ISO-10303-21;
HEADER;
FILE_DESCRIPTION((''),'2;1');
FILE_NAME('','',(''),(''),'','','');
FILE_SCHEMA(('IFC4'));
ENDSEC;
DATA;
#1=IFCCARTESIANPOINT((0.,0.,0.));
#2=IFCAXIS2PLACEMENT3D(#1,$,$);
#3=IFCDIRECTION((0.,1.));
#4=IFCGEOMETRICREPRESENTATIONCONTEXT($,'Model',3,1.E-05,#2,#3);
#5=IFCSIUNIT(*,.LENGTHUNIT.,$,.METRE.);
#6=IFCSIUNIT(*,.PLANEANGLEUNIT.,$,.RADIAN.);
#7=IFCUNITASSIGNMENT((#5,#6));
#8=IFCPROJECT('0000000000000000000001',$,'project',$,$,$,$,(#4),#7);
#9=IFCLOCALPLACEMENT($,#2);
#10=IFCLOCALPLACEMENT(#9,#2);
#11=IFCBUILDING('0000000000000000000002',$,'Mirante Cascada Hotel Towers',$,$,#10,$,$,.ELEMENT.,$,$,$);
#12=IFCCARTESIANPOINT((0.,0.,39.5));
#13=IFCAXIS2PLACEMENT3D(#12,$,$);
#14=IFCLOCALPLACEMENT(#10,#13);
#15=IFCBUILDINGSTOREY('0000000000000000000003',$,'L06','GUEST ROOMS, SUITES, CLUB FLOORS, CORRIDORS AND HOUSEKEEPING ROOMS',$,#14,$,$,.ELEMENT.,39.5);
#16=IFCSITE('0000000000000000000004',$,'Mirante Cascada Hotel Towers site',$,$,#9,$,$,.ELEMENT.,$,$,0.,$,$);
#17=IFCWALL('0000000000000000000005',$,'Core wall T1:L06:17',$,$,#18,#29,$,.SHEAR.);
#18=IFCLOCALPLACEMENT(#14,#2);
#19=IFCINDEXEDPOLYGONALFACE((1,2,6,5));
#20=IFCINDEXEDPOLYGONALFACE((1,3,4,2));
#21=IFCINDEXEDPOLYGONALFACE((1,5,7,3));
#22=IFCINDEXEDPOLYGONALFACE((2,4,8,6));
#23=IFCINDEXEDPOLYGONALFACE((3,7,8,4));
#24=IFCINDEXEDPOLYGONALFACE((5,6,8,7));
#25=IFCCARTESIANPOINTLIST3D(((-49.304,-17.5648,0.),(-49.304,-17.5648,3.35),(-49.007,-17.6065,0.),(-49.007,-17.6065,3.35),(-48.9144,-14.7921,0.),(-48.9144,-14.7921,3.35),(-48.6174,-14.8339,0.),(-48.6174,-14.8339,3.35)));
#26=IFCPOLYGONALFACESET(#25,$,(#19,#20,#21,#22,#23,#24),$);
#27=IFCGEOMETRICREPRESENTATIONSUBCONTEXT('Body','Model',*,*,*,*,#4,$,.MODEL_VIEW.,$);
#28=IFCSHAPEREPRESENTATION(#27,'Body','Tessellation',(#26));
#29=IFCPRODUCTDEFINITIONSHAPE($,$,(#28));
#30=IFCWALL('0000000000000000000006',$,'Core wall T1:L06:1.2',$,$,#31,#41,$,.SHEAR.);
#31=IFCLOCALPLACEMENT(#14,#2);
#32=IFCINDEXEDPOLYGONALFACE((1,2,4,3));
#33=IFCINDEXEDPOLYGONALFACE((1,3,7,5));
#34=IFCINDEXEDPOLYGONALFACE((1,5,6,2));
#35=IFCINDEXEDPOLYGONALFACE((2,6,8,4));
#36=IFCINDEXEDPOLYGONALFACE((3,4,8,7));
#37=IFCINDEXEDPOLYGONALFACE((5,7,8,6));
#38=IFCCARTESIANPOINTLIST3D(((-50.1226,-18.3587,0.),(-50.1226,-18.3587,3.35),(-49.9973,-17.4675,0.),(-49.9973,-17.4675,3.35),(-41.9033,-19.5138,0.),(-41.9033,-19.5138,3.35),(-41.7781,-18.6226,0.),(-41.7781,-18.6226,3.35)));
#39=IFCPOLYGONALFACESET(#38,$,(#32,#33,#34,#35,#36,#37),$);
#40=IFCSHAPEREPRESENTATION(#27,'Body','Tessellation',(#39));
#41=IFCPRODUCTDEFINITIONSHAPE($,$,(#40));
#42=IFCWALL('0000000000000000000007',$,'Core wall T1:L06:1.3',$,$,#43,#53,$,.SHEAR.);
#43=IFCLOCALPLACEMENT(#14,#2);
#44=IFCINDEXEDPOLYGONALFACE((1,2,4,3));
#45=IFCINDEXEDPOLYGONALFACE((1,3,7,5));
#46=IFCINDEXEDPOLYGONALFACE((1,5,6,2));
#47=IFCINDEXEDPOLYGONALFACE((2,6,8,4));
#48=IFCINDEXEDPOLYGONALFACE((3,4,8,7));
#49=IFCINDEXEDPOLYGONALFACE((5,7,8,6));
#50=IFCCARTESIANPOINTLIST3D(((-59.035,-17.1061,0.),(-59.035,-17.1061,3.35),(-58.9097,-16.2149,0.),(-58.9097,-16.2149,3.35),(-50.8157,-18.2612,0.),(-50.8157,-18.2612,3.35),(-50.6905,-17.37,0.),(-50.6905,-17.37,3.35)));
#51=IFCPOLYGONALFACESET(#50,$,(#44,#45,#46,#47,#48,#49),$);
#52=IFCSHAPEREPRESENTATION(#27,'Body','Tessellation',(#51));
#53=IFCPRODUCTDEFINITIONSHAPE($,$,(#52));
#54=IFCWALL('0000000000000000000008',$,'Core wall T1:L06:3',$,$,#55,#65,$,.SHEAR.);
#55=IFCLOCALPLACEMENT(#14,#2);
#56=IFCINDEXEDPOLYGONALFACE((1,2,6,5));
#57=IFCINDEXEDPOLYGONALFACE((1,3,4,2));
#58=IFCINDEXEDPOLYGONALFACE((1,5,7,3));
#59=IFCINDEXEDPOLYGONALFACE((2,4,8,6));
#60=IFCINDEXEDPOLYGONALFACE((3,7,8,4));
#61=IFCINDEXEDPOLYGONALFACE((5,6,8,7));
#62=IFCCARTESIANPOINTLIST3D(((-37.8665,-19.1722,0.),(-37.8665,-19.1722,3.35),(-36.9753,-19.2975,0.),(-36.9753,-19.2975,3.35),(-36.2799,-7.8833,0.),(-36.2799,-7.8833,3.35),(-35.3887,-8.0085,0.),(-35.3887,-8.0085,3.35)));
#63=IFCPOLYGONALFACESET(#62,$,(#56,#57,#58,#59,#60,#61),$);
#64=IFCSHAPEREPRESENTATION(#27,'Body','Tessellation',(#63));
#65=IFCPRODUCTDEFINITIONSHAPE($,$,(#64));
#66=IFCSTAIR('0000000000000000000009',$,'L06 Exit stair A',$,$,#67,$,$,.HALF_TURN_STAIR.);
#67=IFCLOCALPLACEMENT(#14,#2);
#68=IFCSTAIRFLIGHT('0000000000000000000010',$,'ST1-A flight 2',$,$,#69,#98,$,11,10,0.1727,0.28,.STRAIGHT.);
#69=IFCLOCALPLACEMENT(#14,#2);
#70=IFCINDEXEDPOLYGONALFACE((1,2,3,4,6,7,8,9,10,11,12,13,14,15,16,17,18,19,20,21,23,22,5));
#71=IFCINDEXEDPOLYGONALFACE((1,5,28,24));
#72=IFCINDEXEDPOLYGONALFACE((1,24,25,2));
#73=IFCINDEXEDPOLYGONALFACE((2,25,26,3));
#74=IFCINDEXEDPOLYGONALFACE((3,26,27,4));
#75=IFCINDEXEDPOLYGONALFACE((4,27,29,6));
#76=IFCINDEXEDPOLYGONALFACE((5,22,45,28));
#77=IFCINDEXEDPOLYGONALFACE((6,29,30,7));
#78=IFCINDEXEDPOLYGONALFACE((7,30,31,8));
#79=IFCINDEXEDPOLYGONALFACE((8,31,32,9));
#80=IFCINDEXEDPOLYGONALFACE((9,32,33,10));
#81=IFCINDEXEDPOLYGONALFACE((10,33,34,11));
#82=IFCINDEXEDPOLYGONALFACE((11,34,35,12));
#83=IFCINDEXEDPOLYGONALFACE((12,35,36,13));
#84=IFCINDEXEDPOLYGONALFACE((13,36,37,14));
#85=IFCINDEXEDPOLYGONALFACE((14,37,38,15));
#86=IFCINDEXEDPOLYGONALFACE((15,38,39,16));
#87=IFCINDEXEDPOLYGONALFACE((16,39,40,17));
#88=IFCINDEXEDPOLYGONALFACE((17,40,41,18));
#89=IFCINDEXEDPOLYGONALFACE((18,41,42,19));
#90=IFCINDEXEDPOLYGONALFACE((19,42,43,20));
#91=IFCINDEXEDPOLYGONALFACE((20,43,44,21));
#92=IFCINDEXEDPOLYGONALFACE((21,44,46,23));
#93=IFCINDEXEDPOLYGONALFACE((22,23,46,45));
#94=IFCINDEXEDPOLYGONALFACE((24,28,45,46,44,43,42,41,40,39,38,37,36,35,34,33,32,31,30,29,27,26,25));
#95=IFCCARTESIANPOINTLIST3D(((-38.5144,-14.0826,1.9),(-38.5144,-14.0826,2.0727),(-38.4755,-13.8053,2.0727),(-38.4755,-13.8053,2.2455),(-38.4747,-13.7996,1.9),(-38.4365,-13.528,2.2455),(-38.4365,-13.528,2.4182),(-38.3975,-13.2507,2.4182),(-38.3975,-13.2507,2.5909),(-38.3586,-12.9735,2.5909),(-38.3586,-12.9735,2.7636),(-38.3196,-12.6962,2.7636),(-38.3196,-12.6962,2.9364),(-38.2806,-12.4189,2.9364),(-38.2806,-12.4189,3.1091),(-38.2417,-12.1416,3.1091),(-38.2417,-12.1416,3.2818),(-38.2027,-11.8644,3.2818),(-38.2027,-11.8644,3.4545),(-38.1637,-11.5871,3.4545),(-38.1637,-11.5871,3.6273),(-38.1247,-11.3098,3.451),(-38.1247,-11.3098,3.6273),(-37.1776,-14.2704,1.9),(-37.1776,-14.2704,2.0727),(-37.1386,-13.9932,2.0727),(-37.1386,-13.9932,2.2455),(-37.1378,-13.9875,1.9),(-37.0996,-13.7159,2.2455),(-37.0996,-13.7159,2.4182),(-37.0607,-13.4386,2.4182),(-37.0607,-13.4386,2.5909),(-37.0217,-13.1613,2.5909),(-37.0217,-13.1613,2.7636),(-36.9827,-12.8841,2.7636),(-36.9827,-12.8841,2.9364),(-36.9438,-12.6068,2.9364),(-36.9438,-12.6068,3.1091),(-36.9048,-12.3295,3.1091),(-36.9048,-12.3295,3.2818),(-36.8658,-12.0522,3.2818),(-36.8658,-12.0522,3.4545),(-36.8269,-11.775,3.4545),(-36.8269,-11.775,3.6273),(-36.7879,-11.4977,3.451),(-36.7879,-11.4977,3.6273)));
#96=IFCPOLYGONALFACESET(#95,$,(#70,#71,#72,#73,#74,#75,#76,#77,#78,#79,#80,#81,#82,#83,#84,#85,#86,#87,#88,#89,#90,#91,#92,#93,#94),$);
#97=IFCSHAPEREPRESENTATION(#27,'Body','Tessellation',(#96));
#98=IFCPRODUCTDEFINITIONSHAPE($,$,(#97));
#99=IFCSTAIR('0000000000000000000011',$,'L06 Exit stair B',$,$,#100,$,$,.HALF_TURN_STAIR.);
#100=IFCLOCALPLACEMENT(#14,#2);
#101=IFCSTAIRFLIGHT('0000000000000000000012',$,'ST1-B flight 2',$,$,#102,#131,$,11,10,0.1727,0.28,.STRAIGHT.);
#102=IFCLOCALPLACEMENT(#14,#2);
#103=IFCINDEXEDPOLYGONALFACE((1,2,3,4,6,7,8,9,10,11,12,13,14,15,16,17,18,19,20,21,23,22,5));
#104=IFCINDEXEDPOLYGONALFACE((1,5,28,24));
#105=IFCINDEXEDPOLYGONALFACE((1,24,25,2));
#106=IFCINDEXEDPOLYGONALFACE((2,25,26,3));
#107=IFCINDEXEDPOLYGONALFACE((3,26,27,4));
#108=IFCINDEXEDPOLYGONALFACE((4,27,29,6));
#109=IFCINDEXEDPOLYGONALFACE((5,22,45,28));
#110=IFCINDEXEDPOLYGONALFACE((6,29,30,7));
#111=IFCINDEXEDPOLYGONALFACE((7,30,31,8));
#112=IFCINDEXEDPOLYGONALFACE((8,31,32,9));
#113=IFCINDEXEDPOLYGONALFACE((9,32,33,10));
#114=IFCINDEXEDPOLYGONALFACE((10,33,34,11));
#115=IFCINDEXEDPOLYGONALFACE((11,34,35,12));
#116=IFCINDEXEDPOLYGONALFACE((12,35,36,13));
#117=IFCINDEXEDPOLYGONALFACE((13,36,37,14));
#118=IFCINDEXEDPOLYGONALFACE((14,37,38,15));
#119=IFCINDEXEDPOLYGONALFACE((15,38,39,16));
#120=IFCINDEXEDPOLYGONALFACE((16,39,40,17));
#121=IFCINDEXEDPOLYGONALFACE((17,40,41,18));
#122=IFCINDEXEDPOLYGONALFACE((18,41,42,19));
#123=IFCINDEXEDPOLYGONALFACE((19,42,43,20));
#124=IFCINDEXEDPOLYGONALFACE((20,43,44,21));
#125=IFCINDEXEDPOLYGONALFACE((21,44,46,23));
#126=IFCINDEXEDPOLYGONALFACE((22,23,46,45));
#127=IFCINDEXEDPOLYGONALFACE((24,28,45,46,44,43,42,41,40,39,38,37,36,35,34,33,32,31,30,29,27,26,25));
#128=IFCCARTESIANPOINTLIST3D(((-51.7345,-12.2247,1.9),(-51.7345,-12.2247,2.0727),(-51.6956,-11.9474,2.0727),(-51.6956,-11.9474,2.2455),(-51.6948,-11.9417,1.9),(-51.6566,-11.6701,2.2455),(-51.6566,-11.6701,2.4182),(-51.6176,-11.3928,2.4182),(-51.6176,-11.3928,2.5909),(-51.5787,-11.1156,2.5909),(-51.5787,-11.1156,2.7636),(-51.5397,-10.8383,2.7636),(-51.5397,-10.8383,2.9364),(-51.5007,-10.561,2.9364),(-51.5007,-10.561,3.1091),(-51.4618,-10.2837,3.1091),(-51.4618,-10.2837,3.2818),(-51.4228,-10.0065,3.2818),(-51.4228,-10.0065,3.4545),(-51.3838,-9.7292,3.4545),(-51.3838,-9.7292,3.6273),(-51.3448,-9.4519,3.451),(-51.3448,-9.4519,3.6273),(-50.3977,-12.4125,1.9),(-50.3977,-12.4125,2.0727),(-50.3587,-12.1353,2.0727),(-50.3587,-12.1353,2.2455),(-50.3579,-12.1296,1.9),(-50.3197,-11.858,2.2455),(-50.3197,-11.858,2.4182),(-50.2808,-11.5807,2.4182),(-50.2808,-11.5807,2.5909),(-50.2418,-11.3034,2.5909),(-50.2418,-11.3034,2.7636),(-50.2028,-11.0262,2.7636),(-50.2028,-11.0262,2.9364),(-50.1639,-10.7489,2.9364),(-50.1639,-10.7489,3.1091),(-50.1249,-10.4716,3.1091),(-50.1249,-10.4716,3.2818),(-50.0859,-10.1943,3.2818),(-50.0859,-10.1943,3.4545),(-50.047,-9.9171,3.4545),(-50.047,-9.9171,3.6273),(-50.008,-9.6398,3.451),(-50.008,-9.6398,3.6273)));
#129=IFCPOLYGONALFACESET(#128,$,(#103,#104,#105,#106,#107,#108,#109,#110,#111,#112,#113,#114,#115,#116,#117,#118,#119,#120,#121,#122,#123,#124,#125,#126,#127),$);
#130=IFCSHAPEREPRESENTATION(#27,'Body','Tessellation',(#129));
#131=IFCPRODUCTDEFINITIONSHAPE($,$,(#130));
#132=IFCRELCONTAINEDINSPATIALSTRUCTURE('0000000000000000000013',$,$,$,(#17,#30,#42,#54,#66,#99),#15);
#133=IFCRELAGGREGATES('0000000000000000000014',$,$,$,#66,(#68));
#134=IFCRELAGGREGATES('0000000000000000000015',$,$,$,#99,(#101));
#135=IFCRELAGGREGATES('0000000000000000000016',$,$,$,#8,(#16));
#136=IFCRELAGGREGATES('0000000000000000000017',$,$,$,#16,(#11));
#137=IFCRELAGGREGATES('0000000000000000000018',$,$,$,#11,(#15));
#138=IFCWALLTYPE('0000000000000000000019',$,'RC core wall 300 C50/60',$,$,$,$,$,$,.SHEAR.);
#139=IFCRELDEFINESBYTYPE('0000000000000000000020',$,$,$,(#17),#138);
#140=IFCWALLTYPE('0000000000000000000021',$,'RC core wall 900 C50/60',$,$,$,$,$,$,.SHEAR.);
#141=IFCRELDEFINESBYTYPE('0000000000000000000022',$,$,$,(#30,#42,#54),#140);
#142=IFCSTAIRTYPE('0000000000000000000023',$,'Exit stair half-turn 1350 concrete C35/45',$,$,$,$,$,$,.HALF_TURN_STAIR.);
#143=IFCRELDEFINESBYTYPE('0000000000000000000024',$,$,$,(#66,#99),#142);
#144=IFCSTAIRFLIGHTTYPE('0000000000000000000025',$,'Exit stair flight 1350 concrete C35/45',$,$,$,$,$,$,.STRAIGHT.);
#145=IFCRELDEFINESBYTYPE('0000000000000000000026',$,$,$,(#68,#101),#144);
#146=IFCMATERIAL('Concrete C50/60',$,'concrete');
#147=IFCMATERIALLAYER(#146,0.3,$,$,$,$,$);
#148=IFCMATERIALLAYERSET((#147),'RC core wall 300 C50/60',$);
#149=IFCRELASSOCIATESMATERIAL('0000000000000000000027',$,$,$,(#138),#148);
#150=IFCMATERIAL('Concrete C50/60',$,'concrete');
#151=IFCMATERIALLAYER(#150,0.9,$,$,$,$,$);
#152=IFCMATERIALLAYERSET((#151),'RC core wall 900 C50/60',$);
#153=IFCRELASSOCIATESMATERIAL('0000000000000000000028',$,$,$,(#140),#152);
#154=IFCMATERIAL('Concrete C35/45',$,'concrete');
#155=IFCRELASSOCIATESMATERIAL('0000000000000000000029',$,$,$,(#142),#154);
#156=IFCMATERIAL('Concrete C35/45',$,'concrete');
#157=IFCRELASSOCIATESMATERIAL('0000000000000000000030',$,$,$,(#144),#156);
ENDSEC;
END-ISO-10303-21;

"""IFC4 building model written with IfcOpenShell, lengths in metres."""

from ifc_helpers import new_model, si_unit, direction, frame, frame_2d, origin, place, context, subcontext, project, spatial, polyline, rectangle, outline, extrude, material, layer, layer_set, type_object, element, aggregate, save


model = new_model("IFC4")

# Units and contexts
model_context = context("Model", 3, precision=1e-05, world=origin(), true_north=direction((0.0, 1.0)))
body_context = subcontext(model_context, "Body", "Model", "MODEL_VIEW")
ifc_project = project(units=[si_unit("LENGTHUNIT", "METRE"), si_unit("PLANEANGLEUNIT", "RADIAN")], contexts=[model_context])

# Site, building, storey
site_placement = place(None, origin())
site = spatial("IfcSite", under=ifc_project, at=site_placement, Name="Mirante Cascada Hotel Towers site", CompositionType="ELEMENT", RefElevation=0.0)
building_placement = place(site_placement, origin())
building = spatial("IfcBuilding", under=site, at=building_placement, Name="Mirante Cascada Hotel Towers", CompositionType="ELEMENT")
storey_placement = place(building_placement, frame((0.0, 0.0, 39.5)))
storey = spatial("IfcBuildingStorey", under=building, at=storey_placement, Name="L06", Description="GUEST ROOMS, SUITES, CLUB FLOORS, CORRIDORS AND HOUSEKEEPING ROOMS", CompositionType="ELEMENT", Elevation=39.5)

# Shared definitions
ifc_material_1 = material(Name="Concrete C50/60", Category="concrete")
ifc_layer_1 = layer(ifc_material_1, 0.3)
ifc_layer_set_1 = layer_set([ifc_layer_1], Name="RC core wall 300 C50/60")
wall_type_1 = type_object("IfcWallType", Name="RC core wall 300 C50/60", PredefinedType="SHEAR", material=ifc_layer_set_1)

# Walls
wall_1_placement = place(storey_placement, frame((-49.1555, -17.5857, 0.0), z_axis=(0.0, 0.0, 1.0), x_axis=(0.139146, 0.990272, 0.0)))
element("IfcWall", 1, at=wall_1_placement, inside=storey, type_object=wall_type_1, Name="Core wall T1:L06:17", PredefinedType="SHEAR", context=body_context, shape_type="SweptSolid", body=[
    extrude(rectangle(XDim=2.7999, YDim=0.3, at=frame_2d((1.4, 0.0))), origin(), (0.0, 0.0, 1.0), 3.35),
])
ifc_material_2 = material(Name="Concrete C50/60", Category="concrete")
ifc_layer_2 = layer(ifc_material_2, 0.9)
ifc_layer_set_2 = layer_set([ifc_layer_2], Name="RC core wall 900 C50/60")
wall_type_2 = type_object("IfcWallType", Name="RC core wall 900 C50/60", PredefinedType="SHEAR", material=ifc_layer_set_2)
for number, where, z_axis, x_axis, name in (
    (2, (-41.8407, -19.0682, 0.0), (0.0, 0.0, 1.0), (-0.990269, 0.139169, 0.0), "Core wall T1:L06:1.2"),
    (3, (-50.7531, -17.8156, 0.0), (0.0, 0.0, 1.0), (-0.990269, 0.139169, 0.0), "Core wall T1:L06:1.3"),
):
    element("IfcWall", number, at=place(storey_placement, frame(where, z_axis=z_axis, x_axis=x_axis)), inside=storey, type_object=wall_type_2, Name=name, PredefinedType="SHEAR", context=body_context, shape_type="SweptSolid", body=[
        extrude(rectangle(XDim=8.3, YDim=0.9, at=frame_2d((4.15, 0.0))), origin(), (0.0, 0.0, 1.0), 3.35),
    ])
wall_2_placement = place(storey_placement, frame((-37.4209, -19.2349, 0.0), z_axis=(0.0, 0.0, 1.0), x_axis=(0.139176, 0.990268, 0.0)))
element("IfcWall", 4, at=wall_2_placement, inside=storey, type_object=wall_type_2, Name="Core wall T1:L06:3", PredefinedType="SHEAR", context=body_context, shape_type="SweptSolid", body=[
    extrude(rectangle(XDim=11.3999, YDim=0.9, at=frame_2d((5.7, 0.0))), origin(), (0.0, 0.0, 1.0), 3.35),
])

# Stairs, stair flights
ifc_material_3 = material(Name="Concrete C35/45", Category="concrete")
stair_type = type_object("IfcStairType", Name="Exit stair half-turn 1350 concrete C35/45", PredefinedType="HALF_TURN_STAIR", material=ifc_material_3)
stair_1_placement = place(storey_placement, origin())
stair_1 = element("IfcStair", 5, at=stair_1_placement, inside=storey, type_object=stair_type, Name="L06 Exit stair A", PredefinedType="HALF_TURN_STAIR")
ifc_material_4 = material(Name="Concrete C35/45", Category="concrete")
stair_flight_type = type_object("IfcStairFlightType", Name="Exit stair flight 1350 concrete C35/45", PredefinedType="STRAIGHT", material=ifc_material_4)
stair_flight_1_placement = place(storey_placement, frame((-37.846, -14.1765, 1.9), z_axis=(0.0, 0.0, 1.0), x_axis=(0.139173, 0.990268, 0.0)))
stair_flight_1 = element("IfcStairFlight", 6, at=stair_flight_1_placement, type_object=stair_flight_type, Name="ST1-A flight 2", NumberOfRisers=11, NumberOfTreads=10, PredefinedType="STRAIGHT", RiserHeight=0.1727, TreadLength=0.28, context=body_context, shape_type="SweptSolid", body=[
    extrude(outline(polyline([(0.0, 0.0), (0.0, 0.1727), (0.28, 0.1727), (0.28, 0.3455), (0.56, 0.3455), (0.56, 0.5182), (0.84, 0.5182), (0.84, 0.6909), (1.12, 0.6909), (1.12, 0.8636), (1.4, 0.8636), (1.4, 1.0364), (1.68, 1.0364), (1.68, 1.2091), (1.96, 1.2091), (1.96, 1.3818), (2.24, 1.3818), (2.24, 1.5545), (2.52, 1.5545), (2.52, 1.7273), (2.8, 1.7273), (2.8, 1.9), (2.8, 1.551), (0.2857, 0.0), (0.0, 0.0)])), frame((0.0, 0.675, 0.0), z_axis=(0.0, -1.0, 0.0), x_axis=(1.0, 0.0, 0.0)), (0.0, 0.0, 1.0), 1.35),
])
aggregate(stair_1, [stair_flight_1])
stair_2_placement = place(storey_placement, origin())
stair_2 = element("IfcStair", 7, at=stair_2_placement, inside=storey, type_object=stair_type, Name="L06 Exit stair B", PredefinedType="HALF_TURN_STAIR")
stair_flight_2_placement = place(storey_placement, frame((-51.0661, -12.3186, 1.9), z_axis=(0.0, 0.0, 1.0), x_axis=(0.139173, 0.990268, 0.0)))
stair_flight_2 = element("IfcStairFlight", 8, at=stair_flight_2_placement, type_object=stair_flight_type, Name="ST1-B flight 2", NumberOfRisers=11, NumberOfTreads=10, PredefinedType="STRAIGHT", RiserHeight=0.1727, TreadLength=0.28, context=body_context, shape_type="SweptSolid", body=[
    extrude(outline(polyline([(0.0, 0.0), (0.0, 0.1727), (0.28, 0.1727), (0.28, 0.3455), (0.56, 0.3455), (0.56, 0.5182), (0.84, 0.5182), (0.84, 0.6909), (1.12, 0.6909), (1.12, 0.8636), (1.4, 0.8636), (1.4, 1.0364), (1.68, 1.0364), (1.68, 1.2091), (1.96, 1.2091), (1.96, 1.3818), (2.24, 1.3818), (2.24, 1.5545), (2.52, 1.5545), (2.52, 1.7273), (2.8, 1.7273), (2.8, 1.9), (2.8, 1.551), (0.2857, 0.0), (0.0, 0.0)])), frame((0.0, 0.675, 0.0), z_axis=(0.0, -1.0, 0.0), x_axis=(1.0, 0.0, 0.0)), (0.0, 0.0, 1.0), 1.35),
])
aggregate(stair_2, [stair_flight_2])

save(model, "model.ifc")
